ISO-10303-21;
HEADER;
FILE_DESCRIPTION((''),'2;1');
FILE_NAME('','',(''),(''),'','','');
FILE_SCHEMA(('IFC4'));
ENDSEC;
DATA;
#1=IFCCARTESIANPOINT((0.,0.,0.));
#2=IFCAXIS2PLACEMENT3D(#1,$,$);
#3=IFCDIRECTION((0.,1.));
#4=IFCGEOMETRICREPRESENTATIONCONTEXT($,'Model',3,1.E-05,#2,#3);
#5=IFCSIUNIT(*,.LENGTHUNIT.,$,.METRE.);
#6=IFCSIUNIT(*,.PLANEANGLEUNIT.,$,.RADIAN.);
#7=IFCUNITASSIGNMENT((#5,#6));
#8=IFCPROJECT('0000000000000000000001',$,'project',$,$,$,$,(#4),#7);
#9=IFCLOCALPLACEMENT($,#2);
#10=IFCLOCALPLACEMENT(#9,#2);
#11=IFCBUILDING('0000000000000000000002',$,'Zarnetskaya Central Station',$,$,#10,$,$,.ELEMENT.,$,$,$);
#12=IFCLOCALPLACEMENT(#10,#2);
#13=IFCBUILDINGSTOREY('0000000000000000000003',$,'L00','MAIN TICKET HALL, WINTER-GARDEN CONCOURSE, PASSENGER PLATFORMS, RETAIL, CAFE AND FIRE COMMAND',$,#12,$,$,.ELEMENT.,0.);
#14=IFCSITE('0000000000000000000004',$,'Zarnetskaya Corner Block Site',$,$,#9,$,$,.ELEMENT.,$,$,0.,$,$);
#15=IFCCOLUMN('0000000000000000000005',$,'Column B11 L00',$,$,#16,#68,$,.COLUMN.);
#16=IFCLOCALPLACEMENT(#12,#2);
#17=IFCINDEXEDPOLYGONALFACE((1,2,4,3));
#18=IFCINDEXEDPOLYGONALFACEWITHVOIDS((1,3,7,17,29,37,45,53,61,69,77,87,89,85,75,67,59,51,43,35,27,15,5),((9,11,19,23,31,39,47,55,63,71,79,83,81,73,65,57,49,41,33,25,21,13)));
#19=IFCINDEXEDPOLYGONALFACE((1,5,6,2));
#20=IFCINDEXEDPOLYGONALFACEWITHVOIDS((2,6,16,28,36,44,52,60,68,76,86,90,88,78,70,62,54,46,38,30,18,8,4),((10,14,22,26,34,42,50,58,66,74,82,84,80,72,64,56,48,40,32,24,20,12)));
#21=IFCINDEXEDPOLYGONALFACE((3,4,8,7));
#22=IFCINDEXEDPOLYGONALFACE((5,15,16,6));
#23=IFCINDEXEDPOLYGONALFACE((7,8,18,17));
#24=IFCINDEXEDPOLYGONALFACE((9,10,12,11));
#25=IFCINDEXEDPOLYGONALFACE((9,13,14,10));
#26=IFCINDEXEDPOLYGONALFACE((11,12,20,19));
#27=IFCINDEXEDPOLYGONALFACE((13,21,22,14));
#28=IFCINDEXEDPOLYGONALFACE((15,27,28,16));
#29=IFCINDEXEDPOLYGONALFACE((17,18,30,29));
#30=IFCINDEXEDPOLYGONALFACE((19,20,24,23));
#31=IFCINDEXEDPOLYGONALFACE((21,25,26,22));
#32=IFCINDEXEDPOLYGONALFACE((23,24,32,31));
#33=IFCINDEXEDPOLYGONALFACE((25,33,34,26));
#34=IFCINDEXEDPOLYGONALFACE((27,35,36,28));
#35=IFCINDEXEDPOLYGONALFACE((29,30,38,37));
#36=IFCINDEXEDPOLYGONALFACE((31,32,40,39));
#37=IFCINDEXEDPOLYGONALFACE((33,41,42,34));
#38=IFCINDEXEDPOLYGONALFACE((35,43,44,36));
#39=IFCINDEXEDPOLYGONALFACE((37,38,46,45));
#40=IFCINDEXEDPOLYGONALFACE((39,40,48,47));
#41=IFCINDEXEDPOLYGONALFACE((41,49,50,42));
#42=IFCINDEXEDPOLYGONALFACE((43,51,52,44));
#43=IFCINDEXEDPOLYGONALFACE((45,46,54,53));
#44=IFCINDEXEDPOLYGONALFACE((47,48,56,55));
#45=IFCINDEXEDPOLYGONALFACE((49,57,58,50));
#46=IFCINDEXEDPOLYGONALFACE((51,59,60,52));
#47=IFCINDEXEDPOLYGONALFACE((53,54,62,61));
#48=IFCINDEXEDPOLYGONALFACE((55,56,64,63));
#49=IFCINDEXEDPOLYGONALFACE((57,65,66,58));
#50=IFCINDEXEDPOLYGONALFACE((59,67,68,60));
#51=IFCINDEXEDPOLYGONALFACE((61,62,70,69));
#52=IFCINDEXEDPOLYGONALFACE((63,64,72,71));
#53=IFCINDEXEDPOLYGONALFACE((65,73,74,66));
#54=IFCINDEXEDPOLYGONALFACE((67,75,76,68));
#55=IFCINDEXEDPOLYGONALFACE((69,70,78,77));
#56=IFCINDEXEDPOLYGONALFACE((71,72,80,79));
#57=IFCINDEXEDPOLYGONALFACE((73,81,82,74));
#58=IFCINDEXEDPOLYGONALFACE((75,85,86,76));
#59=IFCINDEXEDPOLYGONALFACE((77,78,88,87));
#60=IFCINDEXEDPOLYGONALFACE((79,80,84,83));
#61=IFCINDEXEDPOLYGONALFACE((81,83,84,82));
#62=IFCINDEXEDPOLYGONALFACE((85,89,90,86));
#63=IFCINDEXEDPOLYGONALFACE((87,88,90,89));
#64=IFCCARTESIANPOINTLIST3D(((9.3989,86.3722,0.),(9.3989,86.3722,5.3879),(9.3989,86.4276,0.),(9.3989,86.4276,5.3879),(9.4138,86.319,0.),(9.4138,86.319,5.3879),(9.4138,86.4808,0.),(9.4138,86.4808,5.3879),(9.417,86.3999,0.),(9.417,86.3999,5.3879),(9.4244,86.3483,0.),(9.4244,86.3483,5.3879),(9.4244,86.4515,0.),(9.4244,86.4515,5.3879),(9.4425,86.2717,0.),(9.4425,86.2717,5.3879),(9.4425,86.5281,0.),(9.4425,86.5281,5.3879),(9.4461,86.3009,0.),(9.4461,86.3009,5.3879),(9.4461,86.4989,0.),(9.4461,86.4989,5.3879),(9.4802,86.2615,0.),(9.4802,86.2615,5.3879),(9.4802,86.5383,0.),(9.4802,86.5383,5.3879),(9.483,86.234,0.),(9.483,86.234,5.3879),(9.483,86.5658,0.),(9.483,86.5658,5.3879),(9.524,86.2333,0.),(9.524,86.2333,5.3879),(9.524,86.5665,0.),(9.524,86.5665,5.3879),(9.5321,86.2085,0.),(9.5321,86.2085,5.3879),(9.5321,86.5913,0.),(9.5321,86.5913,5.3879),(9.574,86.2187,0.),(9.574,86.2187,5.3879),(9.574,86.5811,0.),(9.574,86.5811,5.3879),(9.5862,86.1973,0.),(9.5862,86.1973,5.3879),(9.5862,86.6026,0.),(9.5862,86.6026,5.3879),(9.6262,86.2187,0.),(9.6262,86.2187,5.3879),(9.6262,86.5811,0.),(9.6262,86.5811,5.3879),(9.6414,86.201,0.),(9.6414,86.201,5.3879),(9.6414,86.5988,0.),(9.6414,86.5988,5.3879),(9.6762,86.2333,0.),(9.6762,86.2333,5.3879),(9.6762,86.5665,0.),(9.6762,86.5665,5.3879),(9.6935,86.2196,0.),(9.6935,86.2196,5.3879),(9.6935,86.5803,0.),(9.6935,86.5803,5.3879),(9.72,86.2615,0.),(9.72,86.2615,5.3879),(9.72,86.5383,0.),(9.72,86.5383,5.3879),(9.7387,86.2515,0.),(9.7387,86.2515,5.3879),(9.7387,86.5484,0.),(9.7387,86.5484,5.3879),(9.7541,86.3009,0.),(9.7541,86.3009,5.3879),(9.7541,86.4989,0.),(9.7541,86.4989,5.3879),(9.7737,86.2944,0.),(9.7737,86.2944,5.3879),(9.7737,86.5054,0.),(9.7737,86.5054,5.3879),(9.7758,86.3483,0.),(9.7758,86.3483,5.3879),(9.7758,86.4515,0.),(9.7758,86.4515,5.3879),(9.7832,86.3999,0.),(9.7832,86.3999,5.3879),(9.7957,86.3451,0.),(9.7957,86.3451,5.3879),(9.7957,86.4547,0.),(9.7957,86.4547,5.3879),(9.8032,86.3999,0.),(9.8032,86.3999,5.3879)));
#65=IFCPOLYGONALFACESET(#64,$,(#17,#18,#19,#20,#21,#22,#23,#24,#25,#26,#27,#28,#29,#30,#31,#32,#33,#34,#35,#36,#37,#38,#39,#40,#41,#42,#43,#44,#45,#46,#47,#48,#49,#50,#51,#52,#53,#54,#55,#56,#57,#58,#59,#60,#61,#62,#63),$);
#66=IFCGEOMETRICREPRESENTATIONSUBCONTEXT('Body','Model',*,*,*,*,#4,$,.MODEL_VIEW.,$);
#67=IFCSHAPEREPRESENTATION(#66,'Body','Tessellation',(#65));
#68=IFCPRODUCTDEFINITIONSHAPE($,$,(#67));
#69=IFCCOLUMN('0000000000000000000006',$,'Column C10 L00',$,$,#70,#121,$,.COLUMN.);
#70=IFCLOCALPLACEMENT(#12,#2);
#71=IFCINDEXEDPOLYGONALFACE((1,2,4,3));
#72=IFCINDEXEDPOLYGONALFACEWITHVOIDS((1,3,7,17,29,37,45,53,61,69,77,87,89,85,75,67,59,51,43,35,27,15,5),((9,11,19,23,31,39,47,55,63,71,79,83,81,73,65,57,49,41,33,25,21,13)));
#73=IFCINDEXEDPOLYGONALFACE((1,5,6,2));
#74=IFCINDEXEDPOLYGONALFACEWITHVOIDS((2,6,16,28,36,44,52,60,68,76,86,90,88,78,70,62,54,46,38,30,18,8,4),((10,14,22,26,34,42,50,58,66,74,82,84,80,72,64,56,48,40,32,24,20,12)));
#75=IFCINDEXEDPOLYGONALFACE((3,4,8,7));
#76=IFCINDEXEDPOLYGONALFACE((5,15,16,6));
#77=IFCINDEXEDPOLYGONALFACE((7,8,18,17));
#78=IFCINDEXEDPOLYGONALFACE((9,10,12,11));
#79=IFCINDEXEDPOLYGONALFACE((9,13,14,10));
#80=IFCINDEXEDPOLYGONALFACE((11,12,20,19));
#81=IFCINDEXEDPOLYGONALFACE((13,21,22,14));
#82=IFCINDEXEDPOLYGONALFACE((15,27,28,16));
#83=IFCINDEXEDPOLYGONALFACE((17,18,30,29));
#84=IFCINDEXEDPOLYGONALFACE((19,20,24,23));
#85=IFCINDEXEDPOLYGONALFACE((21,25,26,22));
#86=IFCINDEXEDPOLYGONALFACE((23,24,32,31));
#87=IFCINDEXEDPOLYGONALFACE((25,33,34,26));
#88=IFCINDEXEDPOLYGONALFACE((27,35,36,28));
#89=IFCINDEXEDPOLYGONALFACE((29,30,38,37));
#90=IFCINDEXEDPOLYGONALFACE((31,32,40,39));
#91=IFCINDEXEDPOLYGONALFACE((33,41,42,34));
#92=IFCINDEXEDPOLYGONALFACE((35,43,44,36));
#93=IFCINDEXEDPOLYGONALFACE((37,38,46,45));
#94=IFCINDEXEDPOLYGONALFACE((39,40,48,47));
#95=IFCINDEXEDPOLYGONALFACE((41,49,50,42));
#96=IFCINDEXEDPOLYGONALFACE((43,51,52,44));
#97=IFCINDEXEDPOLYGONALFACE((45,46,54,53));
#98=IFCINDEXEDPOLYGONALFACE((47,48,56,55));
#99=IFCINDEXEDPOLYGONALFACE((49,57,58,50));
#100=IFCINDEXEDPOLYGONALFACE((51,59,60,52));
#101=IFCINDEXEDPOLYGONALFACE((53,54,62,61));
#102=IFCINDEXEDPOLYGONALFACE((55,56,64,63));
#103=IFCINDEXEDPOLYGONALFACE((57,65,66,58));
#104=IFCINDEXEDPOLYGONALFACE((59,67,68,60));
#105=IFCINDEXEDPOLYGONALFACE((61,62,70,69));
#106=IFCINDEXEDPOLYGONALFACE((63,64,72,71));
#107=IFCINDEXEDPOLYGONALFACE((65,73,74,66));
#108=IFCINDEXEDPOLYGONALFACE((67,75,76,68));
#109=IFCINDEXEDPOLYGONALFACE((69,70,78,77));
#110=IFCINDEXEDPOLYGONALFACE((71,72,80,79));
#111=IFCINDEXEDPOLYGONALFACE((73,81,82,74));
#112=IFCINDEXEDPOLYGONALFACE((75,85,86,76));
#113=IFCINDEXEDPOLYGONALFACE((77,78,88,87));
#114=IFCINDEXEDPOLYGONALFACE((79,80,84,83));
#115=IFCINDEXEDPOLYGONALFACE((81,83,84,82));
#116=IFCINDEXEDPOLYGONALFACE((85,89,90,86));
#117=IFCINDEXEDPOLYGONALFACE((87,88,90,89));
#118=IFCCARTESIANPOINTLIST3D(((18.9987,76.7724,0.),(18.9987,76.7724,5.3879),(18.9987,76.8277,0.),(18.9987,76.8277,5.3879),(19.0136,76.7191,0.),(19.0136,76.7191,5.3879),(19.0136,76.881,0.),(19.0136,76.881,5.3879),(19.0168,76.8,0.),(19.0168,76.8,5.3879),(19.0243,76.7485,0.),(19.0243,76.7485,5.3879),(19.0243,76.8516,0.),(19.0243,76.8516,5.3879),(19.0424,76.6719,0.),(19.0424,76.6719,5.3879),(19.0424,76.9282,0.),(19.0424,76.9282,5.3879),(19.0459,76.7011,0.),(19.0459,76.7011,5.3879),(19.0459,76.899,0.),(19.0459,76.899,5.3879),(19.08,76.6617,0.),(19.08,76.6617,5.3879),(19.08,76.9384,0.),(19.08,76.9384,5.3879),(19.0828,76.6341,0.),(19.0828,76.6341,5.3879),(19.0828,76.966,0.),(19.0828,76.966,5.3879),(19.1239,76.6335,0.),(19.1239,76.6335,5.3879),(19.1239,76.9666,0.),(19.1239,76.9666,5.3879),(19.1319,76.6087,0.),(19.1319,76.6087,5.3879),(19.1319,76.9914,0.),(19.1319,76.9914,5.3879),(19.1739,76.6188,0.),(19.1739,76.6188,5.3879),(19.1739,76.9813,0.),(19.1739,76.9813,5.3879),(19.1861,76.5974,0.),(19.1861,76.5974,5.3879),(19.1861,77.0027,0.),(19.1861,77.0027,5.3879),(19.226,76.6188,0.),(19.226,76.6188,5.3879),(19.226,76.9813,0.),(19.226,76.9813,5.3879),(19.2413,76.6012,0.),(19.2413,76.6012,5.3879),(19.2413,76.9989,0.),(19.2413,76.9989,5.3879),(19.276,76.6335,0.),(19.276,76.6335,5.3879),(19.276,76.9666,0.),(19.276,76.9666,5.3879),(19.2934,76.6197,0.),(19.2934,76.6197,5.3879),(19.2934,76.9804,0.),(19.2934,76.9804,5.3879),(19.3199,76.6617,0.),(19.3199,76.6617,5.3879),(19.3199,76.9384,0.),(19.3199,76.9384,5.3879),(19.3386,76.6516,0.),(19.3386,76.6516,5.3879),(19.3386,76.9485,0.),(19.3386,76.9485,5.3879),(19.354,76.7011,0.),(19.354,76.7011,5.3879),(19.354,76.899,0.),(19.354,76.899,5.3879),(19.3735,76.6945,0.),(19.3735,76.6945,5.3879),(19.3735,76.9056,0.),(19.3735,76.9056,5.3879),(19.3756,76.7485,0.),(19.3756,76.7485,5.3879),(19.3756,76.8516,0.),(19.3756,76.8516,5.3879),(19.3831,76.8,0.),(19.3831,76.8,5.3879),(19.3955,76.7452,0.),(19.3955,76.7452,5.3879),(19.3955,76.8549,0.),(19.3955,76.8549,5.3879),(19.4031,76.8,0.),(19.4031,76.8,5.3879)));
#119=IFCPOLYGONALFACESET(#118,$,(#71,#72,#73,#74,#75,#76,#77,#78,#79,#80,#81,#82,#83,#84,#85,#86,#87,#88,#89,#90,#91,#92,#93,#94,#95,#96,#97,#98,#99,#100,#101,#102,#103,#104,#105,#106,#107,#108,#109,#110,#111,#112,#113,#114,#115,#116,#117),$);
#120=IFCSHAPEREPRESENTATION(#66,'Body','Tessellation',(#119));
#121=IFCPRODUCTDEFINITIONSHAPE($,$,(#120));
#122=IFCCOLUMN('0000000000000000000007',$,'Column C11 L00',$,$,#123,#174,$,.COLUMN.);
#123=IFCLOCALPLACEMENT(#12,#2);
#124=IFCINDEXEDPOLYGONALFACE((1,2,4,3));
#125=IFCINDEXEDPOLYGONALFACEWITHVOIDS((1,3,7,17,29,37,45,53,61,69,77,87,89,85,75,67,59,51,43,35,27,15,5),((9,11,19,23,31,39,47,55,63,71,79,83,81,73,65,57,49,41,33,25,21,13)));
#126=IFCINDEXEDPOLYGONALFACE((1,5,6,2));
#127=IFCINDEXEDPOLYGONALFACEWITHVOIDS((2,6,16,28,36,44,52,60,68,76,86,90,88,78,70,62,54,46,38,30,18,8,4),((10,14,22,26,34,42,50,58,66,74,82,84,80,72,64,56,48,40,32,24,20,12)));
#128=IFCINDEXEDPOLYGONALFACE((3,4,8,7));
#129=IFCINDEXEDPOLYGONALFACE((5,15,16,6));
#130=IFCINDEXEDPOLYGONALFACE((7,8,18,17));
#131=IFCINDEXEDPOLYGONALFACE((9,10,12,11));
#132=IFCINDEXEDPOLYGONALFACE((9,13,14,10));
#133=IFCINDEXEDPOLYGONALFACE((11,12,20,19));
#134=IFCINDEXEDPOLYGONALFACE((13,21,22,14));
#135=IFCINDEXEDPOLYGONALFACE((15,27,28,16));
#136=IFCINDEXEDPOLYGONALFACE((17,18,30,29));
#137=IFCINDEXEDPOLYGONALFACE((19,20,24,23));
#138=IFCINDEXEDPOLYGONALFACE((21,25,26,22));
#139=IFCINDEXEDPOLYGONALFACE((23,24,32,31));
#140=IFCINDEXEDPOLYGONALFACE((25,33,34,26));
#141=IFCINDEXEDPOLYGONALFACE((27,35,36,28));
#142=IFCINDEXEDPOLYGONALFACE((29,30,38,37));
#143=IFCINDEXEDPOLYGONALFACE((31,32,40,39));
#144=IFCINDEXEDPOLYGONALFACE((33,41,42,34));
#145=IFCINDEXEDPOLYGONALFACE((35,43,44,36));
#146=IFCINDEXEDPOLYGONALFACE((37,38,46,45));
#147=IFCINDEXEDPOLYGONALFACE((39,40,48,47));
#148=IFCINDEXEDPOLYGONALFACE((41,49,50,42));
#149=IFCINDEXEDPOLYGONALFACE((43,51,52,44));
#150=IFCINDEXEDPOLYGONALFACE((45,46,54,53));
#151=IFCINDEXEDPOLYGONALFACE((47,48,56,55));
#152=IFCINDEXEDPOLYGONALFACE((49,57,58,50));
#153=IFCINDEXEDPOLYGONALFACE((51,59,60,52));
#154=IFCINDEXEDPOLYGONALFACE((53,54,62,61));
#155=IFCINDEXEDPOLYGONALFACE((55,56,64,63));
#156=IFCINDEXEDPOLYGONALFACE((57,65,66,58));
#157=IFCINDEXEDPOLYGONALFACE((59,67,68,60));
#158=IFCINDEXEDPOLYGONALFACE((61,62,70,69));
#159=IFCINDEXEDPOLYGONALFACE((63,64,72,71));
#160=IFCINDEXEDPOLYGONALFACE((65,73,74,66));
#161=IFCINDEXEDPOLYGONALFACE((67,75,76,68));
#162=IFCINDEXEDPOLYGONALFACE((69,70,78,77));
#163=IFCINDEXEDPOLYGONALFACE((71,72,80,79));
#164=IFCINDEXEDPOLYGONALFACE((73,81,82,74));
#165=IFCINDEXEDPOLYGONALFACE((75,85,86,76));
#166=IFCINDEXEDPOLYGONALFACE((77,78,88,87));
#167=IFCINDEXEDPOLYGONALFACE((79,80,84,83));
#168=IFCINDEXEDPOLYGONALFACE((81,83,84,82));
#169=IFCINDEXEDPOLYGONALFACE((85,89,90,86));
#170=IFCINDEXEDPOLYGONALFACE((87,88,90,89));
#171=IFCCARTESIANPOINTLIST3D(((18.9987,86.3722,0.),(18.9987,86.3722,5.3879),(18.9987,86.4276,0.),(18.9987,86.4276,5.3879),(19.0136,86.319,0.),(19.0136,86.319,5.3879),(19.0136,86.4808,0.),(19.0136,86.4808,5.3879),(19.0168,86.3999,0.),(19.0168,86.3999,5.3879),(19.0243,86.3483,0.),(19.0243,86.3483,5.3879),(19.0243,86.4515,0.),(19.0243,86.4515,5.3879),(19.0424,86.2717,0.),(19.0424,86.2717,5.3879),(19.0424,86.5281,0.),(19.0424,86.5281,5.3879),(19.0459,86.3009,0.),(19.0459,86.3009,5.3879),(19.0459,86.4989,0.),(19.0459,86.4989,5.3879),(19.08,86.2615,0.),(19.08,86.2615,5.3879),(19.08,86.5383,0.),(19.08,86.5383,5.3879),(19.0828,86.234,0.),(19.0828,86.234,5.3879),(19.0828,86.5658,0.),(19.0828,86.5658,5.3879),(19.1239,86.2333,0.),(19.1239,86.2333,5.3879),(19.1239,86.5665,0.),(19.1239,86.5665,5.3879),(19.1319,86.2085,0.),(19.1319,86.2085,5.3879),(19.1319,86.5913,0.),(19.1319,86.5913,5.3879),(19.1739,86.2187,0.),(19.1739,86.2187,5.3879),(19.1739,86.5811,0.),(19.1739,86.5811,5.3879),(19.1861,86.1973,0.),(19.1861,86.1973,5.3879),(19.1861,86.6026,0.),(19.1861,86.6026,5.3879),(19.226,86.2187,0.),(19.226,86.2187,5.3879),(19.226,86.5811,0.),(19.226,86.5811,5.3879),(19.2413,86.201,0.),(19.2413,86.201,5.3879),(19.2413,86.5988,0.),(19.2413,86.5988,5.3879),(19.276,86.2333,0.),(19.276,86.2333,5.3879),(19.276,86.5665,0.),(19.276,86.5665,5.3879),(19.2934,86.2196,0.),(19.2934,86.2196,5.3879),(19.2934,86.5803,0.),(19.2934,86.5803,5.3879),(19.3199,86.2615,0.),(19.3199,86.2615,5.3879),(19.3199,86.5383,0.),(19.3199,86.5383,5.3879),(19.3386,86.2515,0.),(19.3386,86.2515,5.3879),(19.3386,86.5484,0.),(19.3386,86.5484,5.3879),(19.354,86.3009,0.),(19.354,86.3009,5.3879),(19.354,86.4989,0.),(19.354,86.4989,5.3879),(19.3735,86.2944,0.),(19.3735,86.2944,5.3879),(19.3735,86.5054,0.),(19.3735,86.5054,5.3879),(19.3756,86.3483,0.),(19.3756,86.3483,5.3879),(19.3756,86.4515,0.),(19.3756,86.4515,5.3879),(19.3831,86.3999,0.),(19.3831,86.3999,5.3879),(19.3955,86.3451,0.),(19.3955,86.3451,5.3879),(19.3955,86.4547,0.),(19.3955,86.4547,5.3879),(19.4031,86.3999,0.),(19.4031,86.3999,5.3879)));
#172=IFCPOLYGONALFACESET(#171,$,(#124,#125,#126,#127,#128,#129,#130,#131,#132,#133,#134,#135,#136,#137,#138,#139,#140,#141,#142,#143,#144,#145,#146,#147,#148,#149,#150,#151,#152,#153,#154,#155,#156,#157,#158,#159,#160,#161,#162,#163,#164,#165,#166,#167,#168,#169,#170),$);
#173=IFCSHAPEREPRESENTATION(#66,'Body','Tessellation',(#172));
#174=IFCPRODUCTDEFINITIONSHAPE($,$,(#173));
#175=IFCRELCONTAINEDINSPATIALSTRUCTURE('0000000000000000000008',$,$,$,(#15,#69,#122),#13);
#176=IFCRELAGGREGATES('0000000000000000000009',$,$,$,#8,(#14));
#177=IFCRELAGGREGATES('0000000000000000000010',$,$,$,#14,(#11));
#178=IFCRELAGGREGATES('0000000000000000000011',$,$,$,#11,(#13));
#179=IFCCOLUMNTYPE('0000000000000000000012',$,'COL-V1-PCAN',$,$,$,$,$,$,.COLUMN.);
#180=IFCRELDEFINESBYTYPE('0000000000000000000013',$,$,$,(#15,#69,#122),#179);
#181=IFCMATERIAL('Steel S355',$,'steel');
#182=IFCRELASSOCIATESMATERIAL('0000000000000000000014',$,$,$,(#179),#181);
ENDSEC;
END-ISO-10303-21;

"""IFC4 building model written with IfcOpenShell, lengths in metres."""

from ifc_helpers import new_model, si_unit, direction, frame, origin, origin_2d, place, context, subcontext, project, spatial, hollow_circle, extrude, material, material_profile, profile_set, type_object, element, save


model = new_model("IFC4")

# Units and contexts
model_context = context("Model", 3, precision=1e-05, world=origin(), true_north=direction((0.0, 1.0)))
body_context = subcontext(model_context, "Body", "Model", "MODEL_VIEW")
ifc_project = project(units=[si_unit("LENGTHUNIT", "METRE"), si_unit("PLANEANGLEUNIT", "RADIAN")], contexts=[model_context])

# Site, building, storey
site_placement = place(None, origin())
site = spatial("IfcSite", under=ifc_project, at=site_placement, Name="Zarnetskaya Corner Block Site", CompositionType="ELEMENT", RefElevation=0.0)
building_placement = place(site_placement, origin())
building = spatial("IfcBuilding", under=site, at=building_placement, Name="Zarnetskaya Central Station", CompositionType="ELEMENT")
storey_placement = place(building_placement, origin())
storey = spatial("IfcBuildingStorey", under=building, at=storey_placement, Name="L00", Description="MAIN TICKET HALL, WINTER-GARDEN CONCOURSE, PASSENGER PLATFORMS, RETAIL, CAFE AND FIRE COMMAND", CompositionType="ELEMENT", Elevation=0.0)

# Columns
ifc_material = material(Name="Steel S355", Category="steel")
ifc_material_profile_1 = material_profile(ifc_material, hollow_circle(Radius=0.2031, WallThickness=0.02, at=origin_2d()), Name="CHS 406.4x20")
ifc_profile_set_1 = profile_set([ifc_material_profile_1], Name="Steel S355")
column_type = type_object("IfcColumnType", Name="COL-V1-PCAN", PredefinedType="COLUMN", material=ifc_profile_set_1)
for number, where, z_axis, x_axis, name in (
    (1, (9.6001, 86.3999, 0.0), (0.0, 0.0, 1.0), (1.0, 0.0, 0.0), "Column B11 L00"),
    (2, (19.2, 76.8, 0.0), (0.0, 0.0, 1.0), (1.0, 0.0, 0.0), "Column C10 L00"),
    (3, (19.2, 86.3999, 0.0), (0.0, 0.0, 1.0), (1.0, 0.0, 0.0), "Column C11 L00"),
):
    element("IfcColumn", number, at=place(storey_placement, frame(where, z_axis=z_axis, x_axis=x_axis)), inside=storey, type_object=column_type, Name=name, PredefinedType="COLUMN", context=body_context, shape_type="SweptSolid", body=[
        extrude(hollow_circle(Radius=0.2031, WallThickness=0.02, at=origin_2d()), origin(), (0.0, 0.0, 1.0), 5.3879),
    ])

save(model, "model.ifc")
